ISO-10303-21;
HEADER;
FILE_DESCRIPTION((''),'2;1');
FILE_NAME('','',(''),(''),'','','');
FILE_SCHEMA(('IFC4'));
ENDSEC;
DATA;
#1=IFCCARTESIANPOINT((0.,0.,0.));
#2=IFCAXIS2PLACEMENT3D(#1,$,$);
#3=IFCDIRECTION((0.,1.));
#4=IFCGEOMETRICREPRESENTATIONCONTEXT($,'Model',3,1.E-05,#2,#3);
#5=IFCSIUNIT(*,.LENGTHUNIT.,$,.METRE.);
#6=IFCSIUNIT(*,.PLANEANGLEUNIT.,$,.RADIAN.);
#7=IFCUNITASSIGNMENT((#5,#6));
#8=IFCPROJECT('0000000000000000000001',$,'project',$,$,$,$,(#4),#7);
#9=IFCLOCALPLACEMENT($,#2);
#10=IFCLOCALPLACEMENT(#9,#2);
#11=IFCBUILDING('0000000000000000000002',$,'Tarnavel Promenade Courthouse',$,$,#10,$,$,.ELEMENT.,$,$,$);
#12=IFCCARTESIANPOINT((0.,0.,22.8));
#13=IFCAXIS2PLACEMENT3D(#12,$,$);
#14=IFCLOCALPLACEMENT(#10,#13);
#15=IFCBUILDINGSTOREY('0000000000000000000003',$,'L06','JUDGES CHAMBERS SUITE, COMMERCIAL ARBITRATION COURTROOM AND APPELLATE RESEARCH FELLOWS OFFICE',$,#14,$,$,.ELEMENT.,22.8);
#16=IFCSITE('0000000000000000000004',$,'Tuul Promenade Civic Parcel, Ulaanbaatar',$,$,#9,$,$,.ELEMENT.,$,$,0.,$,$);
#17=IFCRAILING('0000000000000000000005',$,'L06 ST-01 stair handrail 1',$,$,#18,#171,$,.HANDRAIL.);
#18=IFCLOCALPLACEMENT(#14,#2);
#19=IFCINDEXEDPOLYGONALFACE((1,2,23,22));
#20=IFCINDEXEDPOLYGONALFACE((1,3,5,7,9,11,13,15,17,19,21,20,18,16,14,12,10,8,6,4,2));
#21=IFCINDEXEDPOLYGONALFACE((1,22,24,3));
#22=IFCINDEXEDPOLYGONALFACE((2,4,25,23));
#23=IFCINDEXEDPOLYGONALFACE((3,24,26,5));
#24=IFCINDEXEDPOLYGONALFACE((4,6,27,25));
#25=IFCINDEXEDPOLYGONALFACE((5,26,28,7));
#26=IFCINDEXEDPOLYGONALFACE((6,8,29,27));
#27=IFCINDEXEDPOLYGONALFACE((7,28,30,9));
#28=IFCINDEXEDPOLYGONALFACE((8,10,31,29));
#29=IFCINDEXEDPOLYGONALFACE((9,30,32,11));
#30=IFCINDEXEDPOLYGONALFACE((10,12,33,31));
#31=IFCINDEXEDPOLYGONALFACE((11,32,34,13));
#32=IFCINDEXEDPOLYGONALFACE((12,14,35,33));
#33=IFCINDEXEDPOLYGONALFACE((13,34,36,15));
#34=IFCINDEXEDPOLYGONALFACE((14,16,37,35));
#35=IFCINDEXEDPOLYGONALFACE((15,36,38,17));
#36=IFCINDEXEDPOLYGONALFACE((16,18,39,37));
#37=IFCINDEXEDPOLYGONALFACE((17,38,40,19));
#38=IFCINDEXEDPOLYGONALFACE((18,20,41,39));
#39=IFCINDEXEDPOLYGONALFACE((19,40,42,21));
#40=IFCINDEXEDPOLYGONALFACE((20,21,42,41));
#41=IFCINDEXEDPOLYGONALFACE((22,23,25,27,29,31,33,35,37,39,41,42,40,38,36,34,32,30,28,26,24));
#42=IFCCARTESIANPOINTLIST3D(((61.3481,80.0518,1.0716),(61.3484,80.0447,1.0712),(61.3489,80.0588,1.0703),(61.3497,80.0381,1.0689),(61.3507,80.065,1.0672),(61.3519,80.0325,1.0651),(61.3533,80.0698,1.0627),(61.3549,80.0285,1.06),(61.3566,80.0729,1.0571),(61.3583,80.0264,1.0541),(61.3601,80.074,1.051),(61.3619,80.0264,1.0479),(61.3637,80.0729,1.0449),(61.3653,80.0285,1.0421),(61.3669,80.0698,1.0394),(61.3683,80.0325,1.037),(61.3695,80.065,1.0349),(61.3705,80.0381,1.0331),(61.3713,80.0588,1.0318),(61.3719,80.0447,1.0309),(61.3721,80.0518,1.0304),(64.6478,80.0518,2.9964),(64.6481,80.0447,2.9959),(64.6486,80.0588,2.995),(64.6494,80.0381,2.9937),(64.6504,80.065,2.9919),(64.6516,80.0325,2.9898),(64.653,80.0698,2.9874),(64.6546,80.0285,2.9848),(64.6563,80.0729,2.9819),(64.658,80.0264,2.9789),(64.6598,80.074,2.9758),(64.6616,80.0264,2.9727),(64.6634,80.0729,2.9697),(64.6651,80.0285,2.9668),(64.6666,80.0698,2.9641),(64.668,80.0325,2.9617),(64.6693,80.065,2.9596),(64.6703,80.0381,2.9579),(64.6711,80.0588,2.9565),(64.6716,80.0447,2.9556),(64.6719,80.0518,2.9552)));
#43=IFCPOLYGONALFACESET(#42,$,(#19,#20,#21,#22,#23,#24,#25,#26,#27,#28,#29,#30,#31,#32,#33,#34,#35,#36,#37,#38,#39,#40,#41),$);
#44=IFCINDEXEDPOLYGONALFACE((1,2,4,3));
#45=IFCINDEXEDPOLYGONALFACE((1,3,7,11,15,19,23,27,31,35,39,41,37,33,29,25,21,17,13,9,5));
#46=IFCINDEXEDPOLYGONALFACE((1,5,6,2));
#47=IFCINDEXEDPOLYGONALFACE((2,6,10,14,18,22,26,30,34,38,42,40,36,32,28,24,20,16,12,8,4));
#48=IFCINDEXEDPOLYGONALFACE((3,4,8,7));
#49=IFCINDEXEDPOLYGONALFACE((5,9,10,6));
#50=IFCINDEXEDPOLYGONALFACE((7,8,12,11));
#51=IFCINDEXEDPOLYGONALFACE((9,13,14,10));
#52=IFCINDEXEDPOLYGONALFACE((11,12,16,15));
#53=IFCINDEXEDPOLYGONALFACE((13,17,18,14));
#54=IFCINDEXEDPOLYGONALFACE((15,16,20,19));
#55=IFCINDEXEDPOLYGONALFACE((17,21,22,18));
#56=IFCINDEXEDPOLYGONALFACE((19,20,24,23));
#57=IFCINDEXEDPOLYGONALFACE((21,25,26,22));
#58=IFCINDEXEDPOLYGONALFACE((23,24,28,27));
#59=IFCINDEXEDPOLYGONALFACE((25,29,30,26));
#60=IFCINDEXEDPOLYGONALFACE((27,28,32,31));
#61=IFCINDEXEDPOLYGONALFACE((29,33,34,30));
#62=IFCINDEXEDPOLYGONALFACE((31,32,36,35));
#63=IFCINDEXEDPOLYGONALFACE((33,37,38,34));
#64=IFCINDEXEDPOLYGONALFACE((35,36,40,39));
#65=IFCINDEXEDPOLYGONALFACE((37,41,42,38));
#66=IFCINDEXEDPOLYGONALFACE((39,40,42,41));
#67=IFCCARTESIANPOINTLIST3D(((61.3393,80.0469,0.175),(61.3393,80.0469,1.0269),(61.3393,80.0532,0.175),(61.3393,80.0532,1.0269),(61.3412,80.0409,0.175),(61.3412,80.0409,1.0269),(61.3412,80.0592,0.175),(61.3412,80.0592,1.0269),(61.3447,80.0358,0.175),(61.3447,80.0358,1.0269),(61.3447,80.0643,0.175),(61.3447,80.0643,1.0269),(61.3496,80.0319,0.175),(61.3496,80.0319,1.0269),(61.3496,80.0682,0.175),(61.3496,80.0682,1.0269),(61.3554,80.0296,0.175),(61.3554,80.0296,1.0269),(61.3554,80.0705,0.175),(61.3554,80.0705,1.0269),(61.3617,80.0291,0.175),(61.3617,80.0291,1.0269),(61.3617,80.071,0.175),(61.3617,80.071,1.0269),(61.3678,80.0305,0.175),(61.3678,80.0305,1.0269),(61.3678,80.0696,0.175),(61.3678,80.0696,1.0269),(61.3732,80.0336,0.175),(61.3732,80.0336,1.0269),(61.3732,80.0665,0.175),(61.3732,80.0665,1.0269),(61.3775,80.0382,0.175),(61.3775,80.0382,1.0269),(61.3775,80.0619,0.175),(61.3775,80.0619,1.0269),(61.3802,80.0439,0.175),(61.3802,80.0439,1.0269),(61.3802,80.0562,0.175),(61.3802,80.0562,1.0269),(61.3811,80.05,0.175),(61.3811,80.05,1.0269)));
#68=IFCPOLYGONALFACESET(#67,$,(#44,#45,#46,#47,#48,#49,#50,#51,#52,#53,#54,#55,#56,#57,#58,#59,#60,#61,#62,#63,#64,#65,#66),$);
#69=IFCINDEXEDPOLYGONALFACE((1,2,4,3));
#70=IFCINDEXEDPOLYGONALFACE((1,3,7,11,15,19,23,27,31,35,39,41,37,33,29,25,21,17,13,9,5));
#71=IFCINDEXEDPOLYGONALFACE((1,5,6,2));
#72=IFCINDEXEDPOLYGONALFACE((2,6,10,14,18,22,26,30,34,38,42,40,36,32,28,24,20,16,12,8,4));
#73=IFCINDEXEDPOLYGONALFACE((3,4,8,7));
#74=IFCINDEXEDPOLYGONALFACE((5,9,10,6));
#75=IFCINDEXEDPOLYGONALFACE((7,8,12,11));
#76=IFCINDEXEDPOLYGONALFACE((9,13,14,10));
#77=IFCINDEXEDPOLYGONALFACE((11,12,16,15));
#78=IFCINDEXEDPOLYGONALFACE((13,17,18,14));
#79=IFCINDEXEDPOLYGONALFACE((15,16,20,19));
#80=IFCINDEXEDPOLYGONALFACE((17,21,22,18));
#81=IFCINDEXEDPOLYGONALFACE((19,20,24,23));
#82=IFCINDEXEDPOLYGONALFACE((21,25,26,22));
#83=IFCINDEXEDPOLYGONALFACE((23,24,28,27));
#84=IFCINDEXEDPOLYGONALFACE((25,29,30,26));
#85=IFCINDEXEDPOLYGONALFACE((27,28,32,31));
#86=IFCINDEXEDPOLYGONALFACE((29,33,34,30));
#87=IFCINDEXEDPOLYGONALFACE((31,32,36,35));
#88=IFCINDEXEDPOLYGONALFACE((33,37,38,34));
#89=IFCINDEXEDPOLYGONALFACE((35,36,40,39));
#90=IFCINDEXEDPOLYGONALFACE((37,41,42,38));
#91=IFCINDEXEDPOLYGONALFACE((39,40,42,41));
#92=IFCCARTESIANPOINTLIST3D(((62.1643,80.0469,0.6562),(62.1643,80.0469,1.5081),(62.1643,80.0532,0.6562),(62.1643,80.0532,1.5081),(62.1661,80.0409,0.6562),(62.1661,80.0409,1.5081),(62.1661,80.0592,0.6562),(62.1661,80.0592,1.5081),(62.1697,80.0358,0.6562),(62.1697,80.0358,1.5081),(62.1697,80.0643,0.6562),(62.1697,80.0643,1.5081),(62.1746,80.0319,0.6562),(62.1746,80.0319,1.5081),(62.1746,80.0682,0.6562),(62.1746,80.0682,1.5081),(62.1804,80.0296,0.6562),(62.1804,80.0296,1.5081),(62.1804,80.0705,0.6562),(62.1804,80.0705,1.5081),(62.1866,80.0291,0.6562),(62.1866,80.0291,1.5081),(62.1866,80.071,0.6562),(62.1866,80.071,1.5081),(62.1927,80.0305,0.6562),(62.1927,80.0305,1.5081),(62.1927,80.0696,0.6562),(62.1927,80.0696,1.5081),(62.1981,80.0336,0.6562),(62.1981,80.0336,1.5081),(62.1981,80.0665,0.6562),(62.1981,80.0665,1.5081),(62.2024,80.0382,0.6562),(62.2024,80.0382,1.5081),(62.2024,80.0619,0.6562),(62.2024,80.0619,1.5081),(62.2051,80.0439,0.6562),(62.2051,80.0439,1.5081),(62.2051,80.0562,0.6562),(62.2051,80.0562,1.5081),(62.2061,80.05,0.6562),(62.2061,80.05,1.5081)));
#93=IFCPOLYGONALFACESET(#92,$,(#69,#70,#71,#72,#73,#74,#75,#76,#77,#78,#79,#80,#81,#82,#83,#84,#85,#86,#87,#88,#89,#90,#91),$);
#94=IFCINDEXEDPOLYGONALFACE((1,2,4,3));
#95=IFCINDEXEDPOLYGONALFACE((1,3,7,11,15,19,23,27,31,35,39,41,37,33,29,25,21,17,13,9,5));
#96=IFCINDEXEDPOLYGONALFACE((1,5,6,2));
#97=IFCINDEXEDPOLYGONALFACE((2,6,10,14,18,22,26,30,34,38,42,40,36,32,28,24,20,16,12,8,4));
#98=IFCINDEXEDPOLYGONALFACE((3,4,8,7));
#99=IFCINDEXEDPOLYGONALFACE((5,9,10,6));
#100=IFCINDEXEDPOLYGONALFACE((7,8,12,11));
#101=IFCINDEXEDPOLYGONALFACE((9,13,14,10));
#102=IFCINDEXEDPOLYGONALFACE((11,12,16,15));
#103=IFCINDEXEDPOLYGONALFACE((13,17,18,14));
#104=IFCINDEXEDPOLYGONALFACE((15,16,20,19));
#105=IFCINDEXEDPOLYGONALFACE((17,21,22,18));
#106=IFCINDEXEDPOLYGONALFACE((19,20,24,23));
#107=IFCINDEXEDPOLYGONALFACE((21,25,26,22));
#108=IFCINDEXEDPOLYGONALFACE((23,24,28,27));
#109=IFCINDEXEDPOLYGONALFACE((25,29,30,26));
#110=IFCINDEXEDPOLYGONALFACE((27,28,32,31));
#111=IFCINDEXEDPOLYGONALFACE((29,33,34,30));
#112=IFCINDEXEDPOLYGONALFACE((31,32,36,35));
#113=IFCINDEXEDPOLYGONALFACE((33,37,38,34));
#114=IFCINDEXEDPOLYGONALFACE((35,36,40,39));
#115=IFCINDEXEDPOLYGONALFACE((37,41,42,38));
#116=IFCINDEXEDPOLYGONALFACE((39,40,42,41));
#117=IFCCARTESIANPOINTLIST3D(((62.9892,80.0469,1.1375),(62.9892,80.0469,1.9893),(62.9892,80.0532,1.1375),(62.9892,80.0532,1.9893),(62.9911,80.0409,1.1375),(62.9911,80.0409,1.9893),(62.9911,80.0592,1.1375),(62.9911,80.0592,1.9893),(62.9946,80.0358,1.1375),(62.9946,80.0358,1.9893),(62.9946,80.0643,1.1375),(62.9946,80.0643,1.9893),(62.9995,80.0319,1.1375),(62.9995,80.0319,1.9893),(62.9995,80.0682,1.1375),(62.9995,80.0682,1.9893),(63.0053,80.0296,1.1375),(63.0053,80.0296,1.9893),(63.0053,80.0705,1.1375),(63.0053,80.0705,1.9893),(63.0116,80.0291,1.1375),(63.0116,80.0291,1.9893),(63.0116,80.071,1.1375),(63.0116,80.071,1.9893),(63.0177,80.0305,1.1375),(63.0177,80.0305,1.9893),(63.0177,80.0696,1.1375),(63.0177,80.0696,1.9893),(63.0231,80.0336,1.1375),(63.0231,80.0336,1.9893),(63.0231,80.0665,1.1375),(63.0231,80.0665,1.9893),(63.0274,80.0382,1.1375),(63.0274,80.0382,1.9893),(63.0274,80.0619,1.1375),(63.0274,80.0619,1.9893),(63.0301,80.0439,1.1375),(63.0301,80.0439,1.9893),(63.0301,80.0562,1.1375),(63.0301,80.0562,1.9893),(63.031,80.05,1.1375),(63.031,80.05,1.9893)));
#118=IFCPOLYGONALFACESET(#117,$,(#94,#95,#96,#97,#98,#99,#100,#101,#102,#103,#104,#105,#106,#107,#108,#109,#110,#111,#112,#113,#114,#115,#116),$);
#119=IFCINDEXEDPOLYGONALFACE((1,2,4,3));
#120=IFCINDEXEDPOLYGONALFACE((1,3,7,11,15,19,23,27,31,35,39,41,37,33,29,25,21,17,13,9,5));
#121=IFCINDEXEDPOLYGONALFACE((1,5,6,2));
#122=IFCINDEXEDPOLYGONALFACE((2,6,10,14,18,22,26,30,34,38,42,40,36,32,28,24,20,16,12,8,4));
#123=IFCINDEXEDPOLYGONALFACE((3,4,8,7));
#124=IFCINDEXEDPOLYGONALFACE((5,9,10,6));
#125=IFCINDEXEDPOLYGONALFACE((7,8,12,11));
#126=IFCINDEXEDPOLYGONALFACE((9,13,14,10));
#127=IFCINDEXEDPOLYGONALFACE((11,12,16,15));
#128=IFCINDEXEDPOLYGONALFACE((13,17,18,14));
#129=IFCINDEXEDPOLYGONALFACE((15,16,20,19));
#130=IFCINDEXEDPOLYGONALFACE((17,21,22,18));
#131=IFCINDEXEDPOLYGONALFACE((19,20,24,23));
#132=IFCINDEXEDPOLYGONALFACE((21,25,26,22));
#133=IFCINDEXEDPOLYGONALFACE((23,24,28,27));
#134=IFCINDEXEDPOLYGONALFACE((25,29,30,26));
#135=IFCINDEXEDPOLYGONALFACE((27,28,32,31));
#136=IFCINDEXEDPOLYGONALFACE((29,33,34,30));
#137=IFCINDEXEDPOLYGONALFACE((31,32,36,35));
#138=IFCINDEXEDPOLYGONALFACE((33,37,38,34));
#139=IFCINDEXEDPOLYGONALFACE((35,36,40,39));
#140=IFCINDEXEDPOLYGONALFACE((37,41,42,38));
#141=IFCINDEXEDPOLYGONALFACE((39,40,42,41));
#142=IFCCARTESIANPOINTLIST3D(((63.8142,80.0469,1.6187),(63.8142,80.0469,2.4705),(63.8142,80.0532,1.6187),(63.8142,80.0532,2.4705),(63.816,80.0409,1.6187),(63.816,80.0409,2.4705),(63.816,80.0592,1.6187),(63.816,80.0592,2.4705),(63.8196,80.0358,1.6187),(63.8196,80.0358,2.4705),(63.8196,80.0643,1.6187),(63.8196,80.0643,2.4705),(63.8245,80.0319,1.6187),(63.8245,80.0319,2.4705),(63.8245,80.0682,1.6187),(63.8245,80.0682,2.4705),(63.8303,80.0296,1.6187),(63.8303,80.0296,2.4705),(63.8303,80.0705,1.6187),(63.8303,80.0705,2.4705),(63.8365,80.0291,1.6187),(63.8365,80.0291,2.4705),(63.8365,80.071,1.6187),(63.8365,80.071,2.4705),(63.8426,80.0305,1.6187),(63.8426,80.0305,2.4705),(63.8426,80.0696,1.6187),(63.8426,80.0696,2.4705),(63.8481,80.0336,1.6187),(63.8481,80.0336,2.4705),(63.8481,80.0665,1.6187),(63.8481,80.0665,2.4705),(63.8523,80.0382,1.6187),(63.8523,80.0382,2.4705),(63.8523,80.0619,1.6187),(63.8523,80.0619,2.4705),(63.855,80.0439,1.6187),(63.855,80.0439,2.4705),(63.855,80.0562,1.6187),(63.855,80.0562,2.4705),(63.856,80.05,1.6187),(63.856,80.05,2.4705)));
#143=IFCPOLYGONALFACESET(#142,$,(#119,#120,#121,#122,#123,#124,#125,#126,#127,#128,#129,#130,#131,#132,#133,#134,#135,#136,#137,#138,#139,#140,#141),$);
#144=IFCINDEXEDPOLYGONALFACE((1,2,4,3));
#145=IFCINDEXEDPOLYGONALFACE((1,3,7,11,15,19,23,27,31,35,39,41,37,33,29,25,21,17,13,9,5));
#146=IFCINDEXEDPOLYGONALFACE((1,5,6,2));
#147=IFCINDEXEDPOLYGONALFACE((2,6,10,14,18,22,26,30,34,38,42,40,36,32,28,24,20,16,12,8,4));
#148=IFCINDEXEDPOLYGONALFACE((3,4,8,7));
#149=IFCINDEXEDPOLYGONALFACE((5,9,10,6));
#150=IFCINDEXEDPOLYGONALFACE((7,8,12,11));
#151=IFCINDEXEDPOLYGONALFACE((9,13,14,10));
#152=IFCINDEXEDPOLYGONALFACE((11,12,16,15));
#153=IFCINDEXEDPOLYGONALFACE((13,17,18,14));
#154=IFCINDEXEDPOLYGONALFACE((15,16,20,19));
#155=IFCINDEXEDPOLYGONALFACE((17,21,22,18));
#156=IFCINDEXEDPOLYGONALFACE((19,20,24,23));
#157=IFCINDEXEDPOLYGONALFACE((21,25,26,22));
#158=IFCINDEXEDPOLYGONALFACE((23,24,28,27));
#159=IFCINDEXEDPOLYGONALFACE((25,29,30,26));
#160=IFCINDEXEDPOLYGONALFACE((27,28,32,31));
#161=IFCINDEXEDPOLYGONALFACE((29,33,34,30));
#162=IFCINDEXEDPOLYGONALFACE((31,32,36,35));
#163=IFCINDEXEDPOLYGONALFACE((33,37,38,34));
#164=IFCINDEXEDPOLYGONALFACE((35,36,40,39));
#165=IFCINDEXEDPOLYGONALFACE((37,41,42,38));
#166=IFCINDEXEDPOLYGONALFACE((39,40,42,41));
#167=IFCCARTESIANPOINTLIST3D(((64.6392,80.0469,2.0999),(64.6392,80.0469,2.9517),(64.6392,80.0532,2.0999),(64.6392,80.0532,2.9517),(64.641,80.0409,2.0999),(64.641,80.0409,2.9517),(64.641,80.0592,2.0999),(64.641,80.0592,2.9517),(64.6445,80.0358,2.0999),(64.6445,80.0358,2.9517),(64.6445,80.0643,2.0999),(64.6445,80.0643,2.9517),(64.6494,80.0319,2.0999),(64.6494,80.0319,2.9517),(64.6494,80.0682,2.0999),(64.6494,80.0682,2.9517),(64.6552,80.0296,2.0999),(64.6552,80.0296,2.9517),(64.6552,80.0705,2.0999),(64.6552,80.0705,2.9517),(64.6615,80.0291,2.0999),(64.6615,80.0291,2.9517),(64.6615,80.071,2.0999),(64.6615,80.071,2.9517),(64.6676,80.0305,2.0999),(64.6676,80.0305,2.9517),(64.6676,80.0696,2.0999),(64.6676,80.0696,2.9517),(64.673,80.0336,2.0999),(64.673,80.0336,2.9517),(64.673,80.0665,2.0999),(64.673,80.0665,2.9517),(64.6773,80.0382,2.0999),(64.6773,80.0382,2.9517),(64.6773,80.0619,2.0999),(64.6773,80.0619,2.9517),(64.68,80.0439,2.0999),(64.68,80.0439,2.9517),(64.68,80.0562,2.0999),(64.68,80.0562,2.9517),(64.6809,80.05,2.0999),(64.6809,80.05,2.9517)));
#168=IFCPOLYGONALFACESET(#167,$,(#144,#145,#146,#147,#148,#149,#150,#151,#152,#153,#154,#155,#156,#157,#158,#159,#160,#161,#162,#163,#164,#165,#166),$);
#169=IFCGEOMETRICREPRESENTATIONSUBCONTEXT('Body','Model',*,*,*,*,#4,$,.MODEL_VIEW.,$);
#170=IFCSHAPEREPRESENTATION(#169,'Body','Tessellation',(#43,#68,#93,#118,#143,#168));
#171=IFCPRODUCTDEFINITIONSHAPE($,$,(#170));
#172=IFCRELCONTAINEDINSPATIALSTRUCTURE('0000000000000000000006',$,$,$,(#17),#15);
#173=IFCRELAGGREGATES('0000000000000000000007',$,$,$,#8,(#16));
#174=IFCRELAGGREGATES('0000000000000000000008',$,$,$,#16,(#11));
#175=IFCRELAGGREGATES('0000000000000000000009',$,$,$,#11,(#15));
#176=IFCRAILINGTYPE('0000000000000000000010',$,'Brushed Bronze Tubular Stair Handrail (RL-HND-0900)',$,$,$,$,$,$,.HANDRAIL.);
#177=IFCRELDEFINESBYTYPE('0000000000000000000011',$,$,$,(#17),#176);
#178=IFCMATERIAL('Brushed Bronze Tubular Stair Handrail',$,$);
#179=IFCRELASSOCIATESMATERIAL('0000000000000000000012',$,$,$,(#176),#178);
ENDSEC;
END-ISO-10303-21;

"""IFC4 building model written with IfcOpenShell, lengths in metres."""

from ifc_helpers import new_model, si_unit, direction, frame, origin, origin_2d, place, context, subcontext, project, spatial, circle, extrude, material, type_object, element, save


model = new_model("IFC4")

# Units and contexts
model_context = context("Model", 3, precision=1e-05, world=origin(), true_north=direction((0.0, 1.0)))
body_context = subcontext(model_context, "Body", "Model", "MODEL_VIEW")
ifc_project = project(units=[si_unit("LENGTHUNIT", "METRE"), si_unit("PLANEANGLEUNIT", "RADIAN")], contexts=[model_context])

# Site, building, storey
site_placement = place(None, origin())
site = spatial("IfcSite", under=ifc_project, at=site_placement, Name="Tuul Promenade Civic Parcel, Ulaanbaatar", CompositionType="ELEMENT", RefElevation=0.0)
building_placement = place(site_placement, origin())
building = spatial("IfcBuilding", under=site, at=building_placement, Name="Tarnavel Promenade Courthouse", CompositionType="ELEMENT")
storey_placement = place(building_placement, frame((0.0, 0.0, 22.8)))
storey = spatial("IfcBuildingStorey", under=building, at=storey_placement, Name="L06", Description="JUDGES CHAMBERS SUITE, COMMERCIAL ARBITRATION COURTROOM AND APPELLATE RESEARCH FELLOWS OFFICE", CompositionType="ELEMENT", Elevation=22.8)

# Railing
ifc_material_1 = material(Name="Brushed Bronze Tubular Stair Handrail")
railing_type_1 = type_object("IfcRailingType", Name="Brushed Bronze Tubular Stair Handrail (RL-HND-0900)", PredefinedType="HANDRAIL", material=ifc_material_1)
railing_1_placement = place(storey_placement, frame((61.3601, 80.05, 0.175)))
element("IfcRailing", 1, at=railing_1_placement, inside=storey, type_object=railing_type_1, Name="L06 ST-01 stair handrail 1", PredefinedType="HANDRAIL", context=body_context, shape_type="SweptSolid", body=[
    extrude(circle(Radius=0.0239, at=origin_2d()), frame((0.0, 0.0, 0.876), z_axis=(0.863788, 0.0, 0.503855), x_axis=(0.0, 1.0, 0.0)), (0.0, 0.0, 1.0), 3.8201),
    extrude(circle(Radius=0.021, at=origin_2d()), origin(), (0.0, 0.0, 1.0), 0.8518),
    extrude(circle(Radius=0.021, at=origin_2d()), frame((0.825, 0.0, 0.4812)), (0.0, 0.0, 1.0), 0.8518),
    extrude(circle(Radius=0.021, at=origin_2d()), frame((1.6499, 0.0, 0.9624)), (0.0, 0.0, 1.0), 0.8518),
    extrude(circle(Radius=0.021, at=origin_2d()), frame((2.4749, 0.0, 1.4436)), (0.0, 0.0, 1.0), 0.8518),
    extrude(circle(Radius=0.021, at=origin_2d()), frame((3.2998, 0.0, 1.9248)), (0.0, 0.0, 1.0), 0.8518),
])

save(model, "model.ifc")
